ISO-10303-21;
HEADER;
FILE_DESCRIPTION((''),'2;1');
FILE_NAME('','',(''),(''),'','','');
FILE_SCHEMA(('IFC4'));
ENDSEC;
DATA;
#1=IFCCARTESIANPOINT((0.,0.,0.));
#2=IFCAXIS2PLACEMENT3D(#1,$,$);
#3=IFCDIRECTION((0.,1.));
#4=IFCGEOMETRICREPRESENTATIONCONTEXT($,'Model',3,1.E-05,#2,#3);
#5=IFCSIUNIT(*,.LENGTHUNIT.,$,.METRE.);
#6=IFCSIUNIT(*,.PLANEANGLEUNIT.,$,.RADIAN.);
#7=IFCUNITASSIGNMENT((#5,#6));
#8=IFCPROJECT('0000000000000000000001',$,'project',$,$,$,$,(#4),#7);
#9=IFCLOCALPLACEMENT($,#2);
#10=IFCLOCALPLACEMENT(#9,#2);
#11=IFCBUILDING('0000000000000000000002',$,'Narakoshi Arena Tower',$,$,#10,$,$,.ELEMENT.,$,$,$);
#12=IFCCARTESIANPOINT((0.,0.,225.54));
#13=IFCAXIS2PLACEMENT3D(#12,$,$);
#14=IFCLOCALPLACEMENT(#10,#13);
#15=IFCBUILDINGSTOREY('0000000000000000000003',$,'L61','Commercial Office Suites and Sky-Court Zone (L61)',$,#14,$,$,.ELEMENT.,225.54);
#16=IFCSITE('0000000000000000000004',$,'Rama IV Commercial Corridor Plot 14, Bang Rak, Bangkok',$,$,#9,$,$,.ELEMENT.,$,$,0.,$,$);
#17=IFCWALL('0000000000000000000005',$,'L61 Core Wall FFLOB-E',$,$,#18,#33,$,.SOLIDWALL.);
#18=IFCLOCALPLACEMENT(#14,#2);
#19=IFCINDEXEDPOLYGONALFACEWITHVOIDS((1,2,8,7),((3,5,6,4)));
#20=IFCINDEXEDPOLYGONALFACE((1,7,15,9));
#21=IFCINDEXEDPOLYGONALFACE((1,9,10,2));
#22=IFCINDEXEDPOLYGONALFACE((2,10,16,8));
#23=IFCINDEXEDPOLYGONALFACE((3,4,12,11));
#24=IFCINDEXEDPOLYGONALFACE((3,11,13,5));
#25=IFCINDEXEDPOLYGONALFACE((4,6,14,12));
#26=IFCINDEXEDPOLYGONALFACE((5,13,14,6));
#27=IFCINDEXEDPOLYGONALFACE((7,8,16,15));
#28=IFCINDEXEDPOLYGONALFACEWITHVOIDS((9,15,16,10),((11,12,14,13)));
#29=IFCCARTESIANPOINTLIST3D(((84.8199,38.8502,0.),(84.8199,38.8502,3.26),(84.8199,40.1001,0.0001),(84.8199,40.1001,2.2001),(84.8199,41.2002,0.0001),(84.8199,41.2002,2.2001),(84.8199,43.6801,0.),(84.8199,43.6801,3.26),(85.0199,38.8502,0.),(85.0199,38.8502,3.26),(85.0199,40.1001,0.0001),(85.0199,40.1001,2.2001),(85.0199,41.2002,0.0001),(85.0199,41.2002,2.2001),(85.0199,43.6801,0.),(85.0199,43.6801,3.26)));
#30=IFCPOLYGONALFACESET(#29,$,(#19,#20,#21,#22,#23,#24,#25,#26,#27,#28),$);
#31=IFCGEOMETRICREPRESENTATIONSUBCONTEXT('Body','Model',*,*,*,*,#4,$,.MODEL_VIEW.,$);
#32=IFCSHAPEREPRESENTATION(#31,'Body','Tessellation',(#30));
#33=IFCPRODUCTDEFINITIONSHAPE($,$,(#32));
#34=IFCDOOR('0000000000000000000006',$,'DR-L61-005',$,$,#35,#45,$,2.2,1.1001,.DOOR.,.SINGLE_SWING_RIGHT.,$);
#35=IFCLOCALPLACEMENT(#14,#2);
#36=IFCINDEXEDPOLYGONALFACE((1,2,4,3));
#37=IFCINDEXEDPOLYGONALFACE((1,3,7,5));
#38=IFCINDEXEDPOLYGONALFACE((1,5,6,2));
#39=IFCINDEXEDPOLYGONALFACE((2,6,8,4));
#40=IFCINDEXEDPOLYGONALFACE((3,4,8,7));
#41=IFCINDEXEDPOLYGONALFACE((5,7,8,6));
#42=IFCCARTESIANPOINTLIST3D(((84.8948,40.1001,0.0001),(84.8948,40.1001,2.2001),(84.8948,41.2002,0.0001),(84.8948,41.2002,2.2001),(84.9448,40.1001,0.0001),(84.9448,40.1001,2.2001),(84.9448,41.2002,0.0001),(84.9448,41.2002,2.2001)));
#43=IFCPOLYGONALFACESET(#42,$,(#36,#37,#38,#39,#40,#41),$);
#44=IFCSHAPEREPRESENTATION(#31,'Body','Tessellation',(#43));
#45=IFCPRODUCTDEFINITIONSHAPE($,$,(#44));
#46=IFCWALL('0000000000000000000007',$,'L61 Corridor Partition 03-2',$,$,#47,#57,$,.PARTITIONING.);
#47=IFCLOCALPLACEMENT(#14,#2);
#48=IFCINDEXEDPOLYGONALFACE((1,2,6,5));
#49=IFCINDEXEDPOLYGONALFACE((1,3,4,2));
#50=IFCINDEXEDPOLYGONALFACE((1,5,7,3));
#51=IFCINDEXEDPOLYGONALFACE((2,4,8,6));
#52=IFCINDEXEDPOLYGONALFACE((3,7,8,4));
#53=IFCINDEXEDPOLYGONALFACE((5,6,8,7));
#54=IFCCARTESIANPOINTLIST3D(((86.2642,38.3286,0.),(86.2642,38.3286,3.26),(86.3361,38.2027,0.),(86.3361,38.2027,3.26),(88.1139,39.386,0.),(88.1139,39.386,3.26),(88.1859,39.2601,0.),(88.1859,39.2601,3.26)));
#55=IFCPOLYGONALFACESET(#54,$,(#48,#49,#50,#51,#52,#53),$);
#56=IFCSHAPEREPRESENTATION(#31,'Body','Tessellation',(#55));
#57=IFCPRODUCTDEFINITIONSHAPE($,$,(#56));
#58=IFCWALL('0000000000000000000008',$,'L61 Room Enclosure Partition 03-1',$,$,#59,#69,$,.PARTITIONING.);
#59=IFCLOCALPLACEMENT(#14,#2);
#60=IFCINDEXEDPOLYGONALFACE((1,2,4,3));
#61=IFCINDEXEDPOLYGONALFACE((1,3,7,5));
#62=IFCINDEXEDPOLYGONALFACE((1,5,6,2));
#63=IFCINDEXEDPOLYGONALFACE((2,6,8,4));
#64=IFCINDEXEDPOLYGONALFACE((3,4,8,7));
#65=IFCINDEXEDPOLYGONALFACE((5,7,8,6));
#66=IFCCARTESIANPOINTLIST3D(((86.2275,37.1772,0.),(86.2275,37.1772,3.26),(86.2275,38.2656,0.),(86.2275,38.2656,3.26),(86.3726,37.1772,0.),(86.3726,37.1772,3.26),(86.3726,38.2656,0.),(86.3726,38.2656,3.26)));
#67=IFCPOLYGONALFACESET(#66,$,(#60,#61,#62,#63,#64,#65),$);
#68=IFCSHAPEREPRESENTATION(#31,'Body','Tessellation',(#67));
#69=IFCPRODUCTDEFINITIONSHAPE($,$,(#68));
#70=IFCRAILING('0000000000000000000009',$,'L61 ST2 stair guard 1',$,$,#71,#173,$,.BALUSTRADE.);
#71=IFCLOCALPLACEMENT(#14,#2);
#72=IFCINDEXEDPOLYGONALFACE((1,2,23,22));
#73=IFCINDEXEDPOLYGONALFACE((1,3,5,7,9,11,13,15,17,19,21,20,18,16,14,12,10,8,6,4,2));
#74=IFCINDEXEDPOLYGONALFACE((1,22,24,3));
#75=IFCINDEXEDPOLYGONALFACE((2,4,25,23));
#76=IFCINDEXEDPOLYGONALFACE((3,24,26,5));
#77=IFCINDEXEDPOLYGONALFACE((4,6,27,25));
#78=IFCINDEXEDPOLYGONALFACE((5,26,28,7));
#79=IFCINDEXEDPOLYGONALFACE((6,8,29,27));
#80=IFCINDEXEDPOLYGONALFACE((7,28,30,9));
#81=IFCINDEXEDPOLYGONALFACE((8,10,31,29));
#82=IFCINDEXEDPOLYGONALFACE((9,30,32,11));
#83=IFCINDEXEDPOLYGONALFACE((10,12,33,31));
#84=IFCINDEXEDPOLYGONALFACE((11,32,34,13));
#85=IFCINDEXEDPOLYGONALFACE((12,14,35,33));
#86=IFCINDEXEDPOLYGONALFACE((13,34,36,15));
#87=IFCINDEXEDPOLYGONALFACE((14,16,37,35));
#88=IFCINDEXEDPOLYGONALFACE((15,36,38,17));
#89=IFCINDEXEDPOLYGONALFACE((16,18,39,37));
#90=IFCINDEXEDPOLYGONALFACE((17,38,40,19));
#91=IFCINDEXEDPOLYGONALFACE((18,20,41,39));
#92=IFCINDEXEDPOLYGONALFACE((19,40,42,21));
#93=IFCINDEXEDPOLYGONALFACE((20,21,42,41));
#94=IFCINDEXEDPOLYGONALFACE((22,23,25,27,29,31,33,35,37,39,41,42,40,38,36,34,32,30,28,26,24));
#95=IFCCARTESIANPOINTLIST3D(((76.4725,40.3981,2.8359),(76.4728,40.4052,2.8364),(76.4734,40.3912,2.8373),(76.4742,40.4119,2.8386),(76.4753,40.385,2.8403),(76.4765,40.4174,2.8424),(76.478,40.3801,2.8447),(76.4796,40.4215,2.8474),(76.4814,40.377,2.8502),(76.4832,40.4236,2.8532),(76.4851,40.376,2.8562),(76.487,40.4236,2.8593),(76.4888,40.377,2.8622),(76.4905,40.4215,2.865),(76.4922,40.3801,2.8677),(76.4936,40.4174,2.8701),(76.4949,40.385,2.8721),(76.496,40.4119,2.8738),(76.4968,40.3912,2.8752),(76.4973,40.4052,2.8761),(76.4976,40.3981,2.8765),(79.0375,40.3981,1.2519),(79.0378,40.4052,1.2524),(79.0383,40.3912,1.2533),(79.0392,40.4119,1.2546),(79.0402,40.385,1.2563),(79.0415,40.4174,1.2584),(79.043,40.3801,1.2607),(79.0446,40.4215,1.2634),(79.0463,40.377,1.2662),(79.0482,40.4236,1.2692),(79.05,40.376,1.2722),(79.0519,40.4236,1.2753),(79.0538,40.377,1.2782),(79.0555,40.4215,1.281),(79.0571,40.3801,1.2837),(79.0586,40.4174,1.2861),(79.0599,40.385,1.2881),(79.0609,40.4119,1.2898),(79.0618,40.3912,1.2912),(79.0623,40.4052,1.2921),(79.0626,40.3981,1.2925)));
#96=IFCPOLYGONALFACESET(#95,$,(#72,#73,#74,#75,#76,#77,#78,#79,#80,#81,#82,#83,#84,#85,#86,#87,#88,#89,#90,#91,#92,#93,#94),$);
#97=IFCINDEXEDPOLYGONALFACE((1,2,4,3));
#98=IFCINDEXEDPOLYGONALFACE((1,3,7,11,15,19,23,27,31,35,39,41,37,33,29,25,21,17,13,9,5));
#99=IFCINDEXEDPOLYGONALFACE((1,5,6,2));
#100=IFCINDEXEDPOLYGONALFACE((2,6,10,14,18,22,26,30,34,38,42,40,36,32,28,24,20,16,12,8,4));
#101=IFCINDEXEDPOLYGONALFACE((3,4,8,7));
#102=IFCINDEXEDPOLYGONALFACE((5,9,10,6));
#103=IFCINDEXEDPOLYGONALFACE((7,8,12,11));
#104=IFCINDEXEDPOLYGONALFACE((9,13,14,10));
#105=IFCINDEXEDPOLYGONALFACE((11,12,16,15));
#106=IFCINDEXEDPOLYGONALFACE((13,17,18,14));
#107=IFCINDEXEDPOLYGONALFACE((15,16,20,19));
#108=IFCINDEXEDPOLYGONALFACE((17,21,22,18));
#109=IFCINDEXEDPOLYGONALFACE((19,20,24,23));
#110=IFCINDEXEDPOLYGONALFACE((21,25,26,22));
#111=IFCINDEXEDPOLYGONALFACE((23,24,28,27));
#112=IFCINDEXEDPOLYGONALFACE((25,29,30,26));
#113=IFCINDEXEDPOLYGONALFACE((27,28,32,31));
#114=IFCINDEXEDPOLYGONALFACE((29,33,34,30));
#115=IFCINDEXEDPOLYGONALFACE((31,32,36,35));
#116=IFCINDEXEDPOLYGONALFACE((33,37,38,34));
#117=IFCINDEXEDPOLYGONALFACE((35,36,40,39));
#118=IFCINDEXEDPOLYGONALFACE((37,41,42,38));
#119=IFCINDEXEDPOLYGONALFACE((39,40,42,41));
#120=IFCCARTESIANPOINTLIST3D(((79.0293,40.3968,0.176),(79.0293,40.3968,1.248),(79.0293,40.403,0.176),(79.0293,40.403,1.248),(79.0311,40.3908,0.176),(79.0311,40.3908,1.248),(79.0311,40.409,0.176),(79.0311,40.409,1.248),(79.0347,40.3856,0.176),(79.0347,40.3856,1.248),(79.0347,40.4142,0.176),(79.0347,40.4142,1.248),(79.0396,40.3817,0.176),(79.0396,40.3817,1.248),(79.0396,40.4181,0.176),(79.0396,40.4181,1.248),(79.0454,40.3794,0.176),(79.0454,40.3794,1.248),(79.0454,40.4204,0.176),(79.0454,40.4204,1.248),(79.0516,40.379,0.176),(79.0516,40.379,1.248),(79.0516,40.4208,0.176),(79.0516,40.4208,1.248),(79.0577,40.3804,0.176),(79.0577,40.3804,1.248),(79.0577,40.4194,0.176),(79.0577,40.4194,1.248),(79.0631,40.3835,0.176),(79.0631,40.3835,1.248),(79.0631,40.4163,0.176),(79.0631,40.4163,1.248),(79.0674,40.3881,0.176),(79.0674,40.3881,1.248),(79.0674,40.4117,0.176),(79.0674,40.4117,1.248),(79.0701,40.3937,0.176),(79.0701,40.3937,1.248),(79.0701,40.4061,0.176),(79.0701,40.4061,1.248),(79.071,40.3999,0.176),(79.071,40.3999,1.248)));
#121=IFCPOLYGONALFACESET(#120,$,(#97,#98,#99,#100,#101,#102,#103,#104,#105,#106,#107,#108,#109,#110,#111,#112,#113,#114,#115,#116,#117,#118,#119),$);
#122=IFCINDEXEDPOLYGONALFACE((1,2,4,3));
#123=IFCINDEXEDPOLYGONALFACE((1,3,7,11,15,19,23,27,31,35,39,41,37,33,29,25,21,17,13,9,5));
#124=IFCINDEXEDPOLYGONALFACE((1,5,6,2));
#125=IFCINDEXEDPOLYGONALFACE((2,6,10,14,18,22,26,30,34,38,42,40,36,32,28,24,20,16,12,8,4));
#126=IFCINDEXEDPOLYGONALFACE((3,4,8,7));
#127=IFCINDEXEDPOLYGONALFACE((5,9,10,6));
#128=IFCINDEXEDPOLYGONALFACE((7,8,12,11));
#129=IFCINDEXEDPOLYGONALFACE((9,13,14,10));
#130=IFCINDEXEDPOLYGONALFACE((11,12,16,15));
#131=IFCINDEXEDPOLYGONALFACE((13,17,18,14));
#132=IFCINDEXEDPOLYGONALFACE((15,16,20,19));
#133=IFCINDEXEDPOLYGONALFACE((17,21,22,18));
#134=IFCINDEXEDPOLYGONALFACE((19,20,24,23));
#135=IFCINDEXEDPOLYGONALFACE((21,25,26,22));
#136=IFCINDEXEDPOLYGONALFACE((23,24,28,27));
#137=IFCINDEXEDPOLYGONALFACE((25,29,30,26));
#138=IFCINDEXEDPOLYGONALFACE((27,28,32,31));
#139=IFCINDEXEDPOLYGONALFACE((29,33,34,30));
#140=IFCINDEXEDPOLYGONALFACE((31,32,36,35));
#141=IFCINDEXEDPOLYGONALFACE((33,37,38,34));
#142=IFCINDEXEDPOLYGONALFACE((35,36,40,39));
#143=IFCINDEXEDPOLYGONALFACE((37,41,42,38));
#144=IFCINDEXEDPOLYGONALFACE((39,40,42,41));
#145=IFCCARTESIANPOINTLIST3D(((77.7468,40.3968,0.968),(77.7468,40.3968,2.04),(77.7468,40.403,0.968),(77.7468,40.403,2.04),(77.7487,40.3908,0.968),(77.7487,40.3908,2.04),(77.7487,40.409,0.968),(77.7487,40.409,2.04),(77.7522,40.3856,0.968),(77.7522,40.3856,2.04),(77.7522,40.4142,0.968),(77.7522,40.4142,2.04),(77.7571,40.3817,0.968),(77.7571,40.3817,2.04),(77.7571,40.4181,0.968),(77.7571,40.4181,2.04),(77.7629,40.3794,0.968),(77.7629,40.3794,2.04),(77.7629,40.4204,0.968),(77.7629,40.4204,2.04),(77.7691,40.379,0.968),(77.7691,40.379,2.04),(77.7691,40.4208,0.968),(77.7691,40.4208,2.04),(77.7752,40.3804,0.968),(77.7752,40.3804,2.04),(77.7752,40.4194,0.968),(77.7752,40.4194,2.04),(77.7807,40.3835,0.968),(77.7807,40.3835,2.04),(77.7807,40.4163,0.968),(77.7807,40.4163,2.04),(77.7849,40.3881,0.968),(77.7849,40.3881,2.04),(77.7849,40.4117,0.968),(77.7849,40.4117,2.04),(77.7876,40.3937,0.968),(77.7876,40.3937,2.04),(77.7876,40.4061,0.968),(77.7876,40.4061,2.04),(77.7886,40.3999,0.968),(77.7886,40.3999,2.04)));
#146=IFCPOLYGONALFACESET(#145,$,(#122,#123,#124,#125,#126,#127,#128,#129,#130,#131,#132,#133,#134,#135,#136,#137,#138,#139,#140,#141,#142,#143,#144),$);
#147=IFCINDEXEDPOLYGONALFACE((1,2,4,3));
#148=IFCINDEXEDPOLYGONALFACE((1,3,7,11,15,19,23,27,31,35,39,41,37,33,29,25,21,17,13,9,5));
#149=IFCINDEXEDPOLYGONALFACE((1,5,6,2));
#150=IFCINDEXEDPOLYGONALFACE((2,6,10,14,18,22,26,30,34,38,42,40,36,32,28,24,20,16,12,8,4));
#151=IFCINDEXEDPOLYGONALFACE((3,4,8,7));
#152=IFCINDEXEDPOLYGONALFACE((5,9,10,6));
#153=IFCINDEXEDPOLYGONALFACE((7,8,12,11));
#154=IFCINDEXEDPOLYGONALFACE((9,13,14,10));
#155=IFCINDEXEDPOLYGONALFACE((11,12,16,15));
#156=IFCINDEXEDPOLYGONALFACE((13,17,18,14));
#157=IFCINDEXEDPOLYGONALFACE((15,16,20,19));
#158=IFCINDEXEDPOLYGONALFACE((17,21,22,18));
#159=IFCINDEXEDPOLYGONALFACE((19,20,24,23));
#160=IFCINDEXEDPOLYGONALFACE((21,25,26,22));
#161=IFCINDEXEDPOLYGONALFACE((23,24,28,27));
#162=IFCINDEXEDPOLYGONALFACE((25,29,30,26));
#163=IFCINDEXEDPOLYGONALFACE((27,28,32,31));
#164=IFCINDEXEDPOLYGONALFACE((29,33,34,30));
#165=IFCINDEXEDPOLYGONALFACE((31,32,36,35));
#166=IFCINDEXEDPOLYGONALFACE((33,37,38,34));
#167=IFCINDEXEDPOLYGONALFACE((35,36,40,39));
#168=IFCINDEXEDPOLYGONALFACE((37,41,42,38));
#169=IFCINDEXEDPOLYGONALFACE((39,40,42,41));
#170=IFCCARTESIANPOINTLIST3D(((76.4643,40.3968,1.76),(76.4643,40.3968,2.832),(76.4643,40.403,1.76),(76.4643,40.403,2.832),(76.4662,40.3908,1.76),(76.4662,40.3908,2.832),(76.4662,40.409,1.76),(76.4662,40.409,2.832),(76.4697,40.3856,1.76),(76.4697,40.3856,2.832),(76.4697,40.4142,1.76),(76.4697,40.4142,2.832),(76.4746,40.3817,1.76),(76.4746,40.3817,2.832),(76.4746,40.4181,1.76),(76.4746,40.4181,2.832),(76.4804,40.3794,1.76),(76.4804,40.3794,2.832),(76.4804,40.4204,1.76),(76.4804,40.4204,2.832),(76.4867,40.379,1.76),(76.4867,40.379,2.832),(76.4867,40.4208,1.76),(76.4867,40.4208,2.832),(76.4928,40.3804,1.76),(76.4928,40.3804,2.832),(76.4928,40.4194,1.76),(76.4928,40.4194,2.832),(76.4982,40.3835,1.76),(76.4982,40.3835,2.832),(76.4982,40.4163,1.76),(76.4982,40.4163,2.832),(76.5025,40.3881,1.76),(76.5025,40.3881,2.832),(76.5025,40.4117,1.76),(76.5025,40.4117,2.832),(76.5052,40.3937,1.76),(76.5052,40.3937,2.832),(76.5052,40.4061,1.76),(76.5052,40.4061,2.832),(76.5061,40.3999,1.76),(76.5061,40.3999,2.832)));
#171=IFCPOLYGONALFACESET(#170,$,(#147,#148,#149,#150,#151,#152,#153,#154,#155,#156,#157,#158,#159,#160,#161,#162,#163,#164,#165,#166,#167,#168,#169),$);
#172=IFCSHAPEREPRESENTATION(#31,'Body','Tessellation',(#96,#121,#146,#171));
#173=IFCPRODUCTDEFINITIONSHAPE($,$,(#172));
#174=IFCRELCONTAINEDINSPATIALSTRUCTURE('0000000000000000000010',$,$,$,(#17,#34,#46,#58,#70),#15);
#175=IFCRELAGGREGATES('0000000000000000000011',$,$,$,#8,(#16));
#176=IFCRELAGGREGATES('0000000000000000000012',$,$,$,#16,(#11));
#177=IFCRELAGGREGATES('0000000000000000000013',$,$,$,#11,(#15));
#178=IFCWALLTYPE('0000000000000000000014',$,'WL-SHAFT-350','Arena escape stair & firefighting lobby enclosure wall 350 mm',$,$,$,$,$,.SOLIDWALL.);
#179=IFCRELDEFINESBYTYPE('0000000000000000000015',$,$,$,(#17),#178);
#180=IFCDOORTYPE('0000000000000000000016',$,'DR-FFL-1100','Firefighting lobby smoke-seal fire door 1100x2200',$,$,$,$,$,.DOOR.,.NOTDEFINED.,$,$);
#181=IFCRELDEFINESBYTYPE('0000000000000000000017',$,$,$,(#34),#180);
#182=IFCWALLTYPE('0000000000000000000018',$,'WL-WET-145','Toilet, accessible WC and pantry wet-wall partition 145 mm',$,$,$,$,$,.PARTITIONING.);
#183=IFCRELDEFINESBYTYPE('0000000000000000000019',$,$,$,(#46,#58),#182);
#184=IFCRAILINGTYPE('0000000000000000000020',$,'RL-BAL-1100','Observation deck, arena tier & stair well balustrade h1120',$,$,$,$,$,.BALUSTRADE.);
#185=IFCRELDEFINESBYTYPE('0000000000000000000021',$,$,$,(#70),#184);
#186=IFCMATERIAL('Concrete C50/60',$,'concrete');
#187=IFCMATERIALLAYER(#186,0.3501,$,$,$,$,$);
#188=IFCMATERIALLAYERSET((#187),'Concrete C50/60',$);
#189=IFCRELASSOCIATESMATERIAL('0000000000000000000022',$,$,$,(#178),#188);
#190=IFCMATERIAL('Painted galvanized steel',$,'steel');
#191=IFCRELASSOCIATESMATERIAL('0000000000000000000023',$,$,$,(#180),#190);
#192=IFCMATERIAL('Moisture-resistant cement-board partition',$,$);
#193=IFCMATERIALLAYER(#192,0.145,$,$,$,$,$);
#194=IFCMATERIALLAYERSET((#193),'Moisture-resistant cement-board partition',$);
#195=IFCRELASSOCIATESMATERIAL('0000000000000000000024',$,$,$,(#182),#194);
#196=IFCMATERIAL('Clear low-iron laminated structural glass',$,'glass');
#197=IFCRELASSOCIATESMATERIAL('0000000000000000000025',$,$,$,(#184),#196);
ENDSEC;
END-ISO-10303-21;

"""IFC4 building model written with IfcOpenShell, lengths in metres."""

from ifc_helpers import new_model, si_unit, direction, frame, frame_2d, origin, origin_2d, place, context, subcontext, project, spatial, rectangle, circle, extrude, material, layer, layer_set, type_object, element, fill, save


model = new_model("IFC4")

# Units and contexts
model_context = context("Model", 3, precision=1e-05, world=origin(), true_north=direction((0.0, 1.0)))
body_context = subcontext(model_context, "Body", "Model", "MODEL_VIEW")
ifc_project = project(units=[si_unit("LENGTHUNIT", "METRE"), si_unit("PLANEANGLEUNIT", "RADIAN")], contexts=[model_context])

# Site, building, storey
site_placement = place(None, origin())
site = spatial("IfcSite", under=ifc_project, at=site_placement, Name="Rama IV Commercial Corridor Plot 14, Bang Rak, Bangkok", CompositionType="ELEMENT", RefElevation=0.0)
building_placement = place(site_placement, origin())
building = spatial("IfcBuilding", under=site, at=building_placement, Name="Narakoshi Arena Tower", CompositionType="ELEMENT")
storey_placement = place(building_placement, frame((0.0, 0.0, 225.54)))
storey = spatial("IfcBuildingStorey", under=building, at=storey_placement, Name="L61", Description="Commercial Office Suites and Sky-Court Zone (L61)", CompositionType="ELEMENT", Elevation=225.54)

# Shared definitions
ifc_material_1 = material(Name="Concrete C50/60", Category="concrete")
ifc_layer_1 = layer(ifc_material_1, 0.3501)
ifc_layer_set_1 = layer_set([ifc_layer_1], Name="Concrete C50/60")
wall_type_1 = type_object("IfcWallType", Name="WL-SHAFT-350", Description="Arena escape stair & firefighting lobby enclosure wall 350 mm", PredefinedType="SOLIDWALL", material=ifc_layer_set_1)

# Shared definitions
ifc_material_2 = material(Name="Painted galvanized steel", Category="steel")

# Wall, opening, door
wall_1_placement = place(storey_placement, frame((84.9199, 38.8501, 0.0), z_axis=(0.0, 0.0, 1.0), x_axis=(0.0, 1.0, 0.0)))
wall_1 = element("IfcWall", 1, at=wall_1_placement, inside=storey, type_object=wall_type_1, Name="L61 Core Wall FFLOB-E", PredefinedType="SOLIDWALL", context=body_context, shape_type="SweptSolid", body=[
    extrude(rectangle(XDim=4.8298, YDim=0.2, at=frame_2d((2.415, 0.0))), origin(), (0.0, 0.0, 1.0), 3.26),
])
opening_1_placement = place(wall_1_placement, frame((1.25, 0.0, 0.0)))
opening_1 = element("IfcOpeningElement", 2, at=opening_1_placement, cuts=wall_1, PredefinedType="OPENING", context=body_context, shape_type="SweptSolid", body=[
    extrude(rectangle(XDim=1.1001, YDim=2.2, at=frame_2d((0.55, 1.1001))), frame((0.0, 0.1099, 0.0), z_axis=(0.0, -1.0, 0.0), x_axis=(1.0, 0.0, 0.0)), (0.0, 0.0, 1.0), 0.22),
])
door_type_1 = type_object("IfcDoorType", Name="DR-FFL-1100", Description="Firefighting lobby smoke-seal fire door 1100x2200", OperationType="NOTDEFINED", PredefinedType="DOOR", material=ifc_material_2)
door_1_placement = place(opening_1_placement, frame((1.1001, 0.0, 0.0), z_axis=(0.0, 0.0, 1.0), x_axis=(-1.0, 0.0, 0.0)))
door_1 = element("IfcDoor", 3, at=door_1_placement, inside=storey, type_object=door_type_1, Name="DR-L61-005", OperationType="SINGLE_SWING_RIGHT", OverallHeight=2.2, OverallWidth=1.1001, PredefinedType="DOOR", context=body_context, shape_type="SweptSolid", body=[
    extrude(rectangle(XDim=1.1001, YDim=2.2, at=frame_2d((0.55, 1.1001))), frame((0.0, 0.0249, 0.0), z_axis=(0.0, -1.0, 0.0), x_axis=(1.0, 0.0, 0.0)), (0.0, 0.0, 1.0), 0.05),
])
fill(opening_1, door_1)
ifc_material_3 = material(Name="Moisture-resistant cement-board partition")
ifc_layer_2 = layer(ifc_material_3, 0.145)
ifc_layer_set_2 = layer_set([ifc_layer_2], Name="Moisture-resistant cement-board partition")
wall_type_2 = type_object("IfcWallType", Name="WL-WET-145", Description="Toilet, accessible WC and pantry wet-wall partition 145 mm", PredefinedType="PARTITIONING", material=ifc_layer_set_2)

# Walls
wall_2_placement = place(storey_placement, frame((86.3, 38.2656, 0.0), z_axis=(0.0, 0.0, 1.0), x_axis=(0.86818, 0.49625, 0.0)))
element("IfcWall", 4, at=wall_2_placement, inside=storey, type_object=wall_type_2, Name="L61 Corridor Partition 03-2", PredefinedType="PARTITIONING", context=body_context, shape_type="SweptSolid", body=[
    extrude(rectangle(XDim=2.1306, YDim=0.145, at=frame_2d((1.0654, 0.0))), origin(), (0.0, 0.0, 1.0), 3.26),
])
wall_3_placement = place(storey_placement, frame((86.3, 37.1772, 0.0), z_axis=(0.0, 0.0, 1.0), x_axis=(0.0, 1.0, 0.0)))
element("IfcWall", 5, at=wall_3_placement, inside=storey, type_object=wall_type_2, Name="L61 Room Enclosure Partition 03-1", PredefinedType="PARTITIONING", context=body_context, shape_type="SweptSolid", body=[
    extrude(rectangle(XDim=1.0884, YDim=0.145, at=frame_2d((0.5442, 0.0))), origin(), (0.0, 0.0, 1.0), 3.26),
])

# Railing
ifc_material_4 = material(Name="Clear low-iron laminated structural glass", Category="glass")
railing_type = type_object("IfcRailingType", Name="RL-BAL-1100", Description="Observation deck, arena tier & stair well balustrade h1120", PredefinedType="BALUSTRADE", material=ifc_material_4)
railing_1_placement = place(storey_placement, frame((79.05, 40.3999, 0.176)))
element("IfcRailing", 6, at=railing_1_placement, inside=storey, type_object=railing_type, Name="L61 ST2 stair guard 1", PredefinedType="BALUSTRADE", context=body_context, shape_type="SweptSolid", body=[
    extrude(circle(Radius=0.0239, at=origin_2d()), frame((0.0, 0.0, 1.0962), z_axis=(-0.850834, 0.0, 0.525434), x_axis=(0.0, -1.0, 0.0)), (0.0, 0.0, 1.0), 3.0146),
    extrude(circle(Radius=0.021, at=origin_2d()), origin(), (0.0, 0.0, 1.0), 1.072),
    extrude(circle(Radius=0.021, at=origin_2d()), frame((-1.2825, 0.0, 0.792)), (0.0, 0.0, 1.0), 1.072),
    extrude(circle(Radius=0.021, at=origin_2d()), frame((-2.5649, 0.0, 1.584)), (0.0, 0.0, 1.0), 1.072),
])

save(model, "model.ifc")
